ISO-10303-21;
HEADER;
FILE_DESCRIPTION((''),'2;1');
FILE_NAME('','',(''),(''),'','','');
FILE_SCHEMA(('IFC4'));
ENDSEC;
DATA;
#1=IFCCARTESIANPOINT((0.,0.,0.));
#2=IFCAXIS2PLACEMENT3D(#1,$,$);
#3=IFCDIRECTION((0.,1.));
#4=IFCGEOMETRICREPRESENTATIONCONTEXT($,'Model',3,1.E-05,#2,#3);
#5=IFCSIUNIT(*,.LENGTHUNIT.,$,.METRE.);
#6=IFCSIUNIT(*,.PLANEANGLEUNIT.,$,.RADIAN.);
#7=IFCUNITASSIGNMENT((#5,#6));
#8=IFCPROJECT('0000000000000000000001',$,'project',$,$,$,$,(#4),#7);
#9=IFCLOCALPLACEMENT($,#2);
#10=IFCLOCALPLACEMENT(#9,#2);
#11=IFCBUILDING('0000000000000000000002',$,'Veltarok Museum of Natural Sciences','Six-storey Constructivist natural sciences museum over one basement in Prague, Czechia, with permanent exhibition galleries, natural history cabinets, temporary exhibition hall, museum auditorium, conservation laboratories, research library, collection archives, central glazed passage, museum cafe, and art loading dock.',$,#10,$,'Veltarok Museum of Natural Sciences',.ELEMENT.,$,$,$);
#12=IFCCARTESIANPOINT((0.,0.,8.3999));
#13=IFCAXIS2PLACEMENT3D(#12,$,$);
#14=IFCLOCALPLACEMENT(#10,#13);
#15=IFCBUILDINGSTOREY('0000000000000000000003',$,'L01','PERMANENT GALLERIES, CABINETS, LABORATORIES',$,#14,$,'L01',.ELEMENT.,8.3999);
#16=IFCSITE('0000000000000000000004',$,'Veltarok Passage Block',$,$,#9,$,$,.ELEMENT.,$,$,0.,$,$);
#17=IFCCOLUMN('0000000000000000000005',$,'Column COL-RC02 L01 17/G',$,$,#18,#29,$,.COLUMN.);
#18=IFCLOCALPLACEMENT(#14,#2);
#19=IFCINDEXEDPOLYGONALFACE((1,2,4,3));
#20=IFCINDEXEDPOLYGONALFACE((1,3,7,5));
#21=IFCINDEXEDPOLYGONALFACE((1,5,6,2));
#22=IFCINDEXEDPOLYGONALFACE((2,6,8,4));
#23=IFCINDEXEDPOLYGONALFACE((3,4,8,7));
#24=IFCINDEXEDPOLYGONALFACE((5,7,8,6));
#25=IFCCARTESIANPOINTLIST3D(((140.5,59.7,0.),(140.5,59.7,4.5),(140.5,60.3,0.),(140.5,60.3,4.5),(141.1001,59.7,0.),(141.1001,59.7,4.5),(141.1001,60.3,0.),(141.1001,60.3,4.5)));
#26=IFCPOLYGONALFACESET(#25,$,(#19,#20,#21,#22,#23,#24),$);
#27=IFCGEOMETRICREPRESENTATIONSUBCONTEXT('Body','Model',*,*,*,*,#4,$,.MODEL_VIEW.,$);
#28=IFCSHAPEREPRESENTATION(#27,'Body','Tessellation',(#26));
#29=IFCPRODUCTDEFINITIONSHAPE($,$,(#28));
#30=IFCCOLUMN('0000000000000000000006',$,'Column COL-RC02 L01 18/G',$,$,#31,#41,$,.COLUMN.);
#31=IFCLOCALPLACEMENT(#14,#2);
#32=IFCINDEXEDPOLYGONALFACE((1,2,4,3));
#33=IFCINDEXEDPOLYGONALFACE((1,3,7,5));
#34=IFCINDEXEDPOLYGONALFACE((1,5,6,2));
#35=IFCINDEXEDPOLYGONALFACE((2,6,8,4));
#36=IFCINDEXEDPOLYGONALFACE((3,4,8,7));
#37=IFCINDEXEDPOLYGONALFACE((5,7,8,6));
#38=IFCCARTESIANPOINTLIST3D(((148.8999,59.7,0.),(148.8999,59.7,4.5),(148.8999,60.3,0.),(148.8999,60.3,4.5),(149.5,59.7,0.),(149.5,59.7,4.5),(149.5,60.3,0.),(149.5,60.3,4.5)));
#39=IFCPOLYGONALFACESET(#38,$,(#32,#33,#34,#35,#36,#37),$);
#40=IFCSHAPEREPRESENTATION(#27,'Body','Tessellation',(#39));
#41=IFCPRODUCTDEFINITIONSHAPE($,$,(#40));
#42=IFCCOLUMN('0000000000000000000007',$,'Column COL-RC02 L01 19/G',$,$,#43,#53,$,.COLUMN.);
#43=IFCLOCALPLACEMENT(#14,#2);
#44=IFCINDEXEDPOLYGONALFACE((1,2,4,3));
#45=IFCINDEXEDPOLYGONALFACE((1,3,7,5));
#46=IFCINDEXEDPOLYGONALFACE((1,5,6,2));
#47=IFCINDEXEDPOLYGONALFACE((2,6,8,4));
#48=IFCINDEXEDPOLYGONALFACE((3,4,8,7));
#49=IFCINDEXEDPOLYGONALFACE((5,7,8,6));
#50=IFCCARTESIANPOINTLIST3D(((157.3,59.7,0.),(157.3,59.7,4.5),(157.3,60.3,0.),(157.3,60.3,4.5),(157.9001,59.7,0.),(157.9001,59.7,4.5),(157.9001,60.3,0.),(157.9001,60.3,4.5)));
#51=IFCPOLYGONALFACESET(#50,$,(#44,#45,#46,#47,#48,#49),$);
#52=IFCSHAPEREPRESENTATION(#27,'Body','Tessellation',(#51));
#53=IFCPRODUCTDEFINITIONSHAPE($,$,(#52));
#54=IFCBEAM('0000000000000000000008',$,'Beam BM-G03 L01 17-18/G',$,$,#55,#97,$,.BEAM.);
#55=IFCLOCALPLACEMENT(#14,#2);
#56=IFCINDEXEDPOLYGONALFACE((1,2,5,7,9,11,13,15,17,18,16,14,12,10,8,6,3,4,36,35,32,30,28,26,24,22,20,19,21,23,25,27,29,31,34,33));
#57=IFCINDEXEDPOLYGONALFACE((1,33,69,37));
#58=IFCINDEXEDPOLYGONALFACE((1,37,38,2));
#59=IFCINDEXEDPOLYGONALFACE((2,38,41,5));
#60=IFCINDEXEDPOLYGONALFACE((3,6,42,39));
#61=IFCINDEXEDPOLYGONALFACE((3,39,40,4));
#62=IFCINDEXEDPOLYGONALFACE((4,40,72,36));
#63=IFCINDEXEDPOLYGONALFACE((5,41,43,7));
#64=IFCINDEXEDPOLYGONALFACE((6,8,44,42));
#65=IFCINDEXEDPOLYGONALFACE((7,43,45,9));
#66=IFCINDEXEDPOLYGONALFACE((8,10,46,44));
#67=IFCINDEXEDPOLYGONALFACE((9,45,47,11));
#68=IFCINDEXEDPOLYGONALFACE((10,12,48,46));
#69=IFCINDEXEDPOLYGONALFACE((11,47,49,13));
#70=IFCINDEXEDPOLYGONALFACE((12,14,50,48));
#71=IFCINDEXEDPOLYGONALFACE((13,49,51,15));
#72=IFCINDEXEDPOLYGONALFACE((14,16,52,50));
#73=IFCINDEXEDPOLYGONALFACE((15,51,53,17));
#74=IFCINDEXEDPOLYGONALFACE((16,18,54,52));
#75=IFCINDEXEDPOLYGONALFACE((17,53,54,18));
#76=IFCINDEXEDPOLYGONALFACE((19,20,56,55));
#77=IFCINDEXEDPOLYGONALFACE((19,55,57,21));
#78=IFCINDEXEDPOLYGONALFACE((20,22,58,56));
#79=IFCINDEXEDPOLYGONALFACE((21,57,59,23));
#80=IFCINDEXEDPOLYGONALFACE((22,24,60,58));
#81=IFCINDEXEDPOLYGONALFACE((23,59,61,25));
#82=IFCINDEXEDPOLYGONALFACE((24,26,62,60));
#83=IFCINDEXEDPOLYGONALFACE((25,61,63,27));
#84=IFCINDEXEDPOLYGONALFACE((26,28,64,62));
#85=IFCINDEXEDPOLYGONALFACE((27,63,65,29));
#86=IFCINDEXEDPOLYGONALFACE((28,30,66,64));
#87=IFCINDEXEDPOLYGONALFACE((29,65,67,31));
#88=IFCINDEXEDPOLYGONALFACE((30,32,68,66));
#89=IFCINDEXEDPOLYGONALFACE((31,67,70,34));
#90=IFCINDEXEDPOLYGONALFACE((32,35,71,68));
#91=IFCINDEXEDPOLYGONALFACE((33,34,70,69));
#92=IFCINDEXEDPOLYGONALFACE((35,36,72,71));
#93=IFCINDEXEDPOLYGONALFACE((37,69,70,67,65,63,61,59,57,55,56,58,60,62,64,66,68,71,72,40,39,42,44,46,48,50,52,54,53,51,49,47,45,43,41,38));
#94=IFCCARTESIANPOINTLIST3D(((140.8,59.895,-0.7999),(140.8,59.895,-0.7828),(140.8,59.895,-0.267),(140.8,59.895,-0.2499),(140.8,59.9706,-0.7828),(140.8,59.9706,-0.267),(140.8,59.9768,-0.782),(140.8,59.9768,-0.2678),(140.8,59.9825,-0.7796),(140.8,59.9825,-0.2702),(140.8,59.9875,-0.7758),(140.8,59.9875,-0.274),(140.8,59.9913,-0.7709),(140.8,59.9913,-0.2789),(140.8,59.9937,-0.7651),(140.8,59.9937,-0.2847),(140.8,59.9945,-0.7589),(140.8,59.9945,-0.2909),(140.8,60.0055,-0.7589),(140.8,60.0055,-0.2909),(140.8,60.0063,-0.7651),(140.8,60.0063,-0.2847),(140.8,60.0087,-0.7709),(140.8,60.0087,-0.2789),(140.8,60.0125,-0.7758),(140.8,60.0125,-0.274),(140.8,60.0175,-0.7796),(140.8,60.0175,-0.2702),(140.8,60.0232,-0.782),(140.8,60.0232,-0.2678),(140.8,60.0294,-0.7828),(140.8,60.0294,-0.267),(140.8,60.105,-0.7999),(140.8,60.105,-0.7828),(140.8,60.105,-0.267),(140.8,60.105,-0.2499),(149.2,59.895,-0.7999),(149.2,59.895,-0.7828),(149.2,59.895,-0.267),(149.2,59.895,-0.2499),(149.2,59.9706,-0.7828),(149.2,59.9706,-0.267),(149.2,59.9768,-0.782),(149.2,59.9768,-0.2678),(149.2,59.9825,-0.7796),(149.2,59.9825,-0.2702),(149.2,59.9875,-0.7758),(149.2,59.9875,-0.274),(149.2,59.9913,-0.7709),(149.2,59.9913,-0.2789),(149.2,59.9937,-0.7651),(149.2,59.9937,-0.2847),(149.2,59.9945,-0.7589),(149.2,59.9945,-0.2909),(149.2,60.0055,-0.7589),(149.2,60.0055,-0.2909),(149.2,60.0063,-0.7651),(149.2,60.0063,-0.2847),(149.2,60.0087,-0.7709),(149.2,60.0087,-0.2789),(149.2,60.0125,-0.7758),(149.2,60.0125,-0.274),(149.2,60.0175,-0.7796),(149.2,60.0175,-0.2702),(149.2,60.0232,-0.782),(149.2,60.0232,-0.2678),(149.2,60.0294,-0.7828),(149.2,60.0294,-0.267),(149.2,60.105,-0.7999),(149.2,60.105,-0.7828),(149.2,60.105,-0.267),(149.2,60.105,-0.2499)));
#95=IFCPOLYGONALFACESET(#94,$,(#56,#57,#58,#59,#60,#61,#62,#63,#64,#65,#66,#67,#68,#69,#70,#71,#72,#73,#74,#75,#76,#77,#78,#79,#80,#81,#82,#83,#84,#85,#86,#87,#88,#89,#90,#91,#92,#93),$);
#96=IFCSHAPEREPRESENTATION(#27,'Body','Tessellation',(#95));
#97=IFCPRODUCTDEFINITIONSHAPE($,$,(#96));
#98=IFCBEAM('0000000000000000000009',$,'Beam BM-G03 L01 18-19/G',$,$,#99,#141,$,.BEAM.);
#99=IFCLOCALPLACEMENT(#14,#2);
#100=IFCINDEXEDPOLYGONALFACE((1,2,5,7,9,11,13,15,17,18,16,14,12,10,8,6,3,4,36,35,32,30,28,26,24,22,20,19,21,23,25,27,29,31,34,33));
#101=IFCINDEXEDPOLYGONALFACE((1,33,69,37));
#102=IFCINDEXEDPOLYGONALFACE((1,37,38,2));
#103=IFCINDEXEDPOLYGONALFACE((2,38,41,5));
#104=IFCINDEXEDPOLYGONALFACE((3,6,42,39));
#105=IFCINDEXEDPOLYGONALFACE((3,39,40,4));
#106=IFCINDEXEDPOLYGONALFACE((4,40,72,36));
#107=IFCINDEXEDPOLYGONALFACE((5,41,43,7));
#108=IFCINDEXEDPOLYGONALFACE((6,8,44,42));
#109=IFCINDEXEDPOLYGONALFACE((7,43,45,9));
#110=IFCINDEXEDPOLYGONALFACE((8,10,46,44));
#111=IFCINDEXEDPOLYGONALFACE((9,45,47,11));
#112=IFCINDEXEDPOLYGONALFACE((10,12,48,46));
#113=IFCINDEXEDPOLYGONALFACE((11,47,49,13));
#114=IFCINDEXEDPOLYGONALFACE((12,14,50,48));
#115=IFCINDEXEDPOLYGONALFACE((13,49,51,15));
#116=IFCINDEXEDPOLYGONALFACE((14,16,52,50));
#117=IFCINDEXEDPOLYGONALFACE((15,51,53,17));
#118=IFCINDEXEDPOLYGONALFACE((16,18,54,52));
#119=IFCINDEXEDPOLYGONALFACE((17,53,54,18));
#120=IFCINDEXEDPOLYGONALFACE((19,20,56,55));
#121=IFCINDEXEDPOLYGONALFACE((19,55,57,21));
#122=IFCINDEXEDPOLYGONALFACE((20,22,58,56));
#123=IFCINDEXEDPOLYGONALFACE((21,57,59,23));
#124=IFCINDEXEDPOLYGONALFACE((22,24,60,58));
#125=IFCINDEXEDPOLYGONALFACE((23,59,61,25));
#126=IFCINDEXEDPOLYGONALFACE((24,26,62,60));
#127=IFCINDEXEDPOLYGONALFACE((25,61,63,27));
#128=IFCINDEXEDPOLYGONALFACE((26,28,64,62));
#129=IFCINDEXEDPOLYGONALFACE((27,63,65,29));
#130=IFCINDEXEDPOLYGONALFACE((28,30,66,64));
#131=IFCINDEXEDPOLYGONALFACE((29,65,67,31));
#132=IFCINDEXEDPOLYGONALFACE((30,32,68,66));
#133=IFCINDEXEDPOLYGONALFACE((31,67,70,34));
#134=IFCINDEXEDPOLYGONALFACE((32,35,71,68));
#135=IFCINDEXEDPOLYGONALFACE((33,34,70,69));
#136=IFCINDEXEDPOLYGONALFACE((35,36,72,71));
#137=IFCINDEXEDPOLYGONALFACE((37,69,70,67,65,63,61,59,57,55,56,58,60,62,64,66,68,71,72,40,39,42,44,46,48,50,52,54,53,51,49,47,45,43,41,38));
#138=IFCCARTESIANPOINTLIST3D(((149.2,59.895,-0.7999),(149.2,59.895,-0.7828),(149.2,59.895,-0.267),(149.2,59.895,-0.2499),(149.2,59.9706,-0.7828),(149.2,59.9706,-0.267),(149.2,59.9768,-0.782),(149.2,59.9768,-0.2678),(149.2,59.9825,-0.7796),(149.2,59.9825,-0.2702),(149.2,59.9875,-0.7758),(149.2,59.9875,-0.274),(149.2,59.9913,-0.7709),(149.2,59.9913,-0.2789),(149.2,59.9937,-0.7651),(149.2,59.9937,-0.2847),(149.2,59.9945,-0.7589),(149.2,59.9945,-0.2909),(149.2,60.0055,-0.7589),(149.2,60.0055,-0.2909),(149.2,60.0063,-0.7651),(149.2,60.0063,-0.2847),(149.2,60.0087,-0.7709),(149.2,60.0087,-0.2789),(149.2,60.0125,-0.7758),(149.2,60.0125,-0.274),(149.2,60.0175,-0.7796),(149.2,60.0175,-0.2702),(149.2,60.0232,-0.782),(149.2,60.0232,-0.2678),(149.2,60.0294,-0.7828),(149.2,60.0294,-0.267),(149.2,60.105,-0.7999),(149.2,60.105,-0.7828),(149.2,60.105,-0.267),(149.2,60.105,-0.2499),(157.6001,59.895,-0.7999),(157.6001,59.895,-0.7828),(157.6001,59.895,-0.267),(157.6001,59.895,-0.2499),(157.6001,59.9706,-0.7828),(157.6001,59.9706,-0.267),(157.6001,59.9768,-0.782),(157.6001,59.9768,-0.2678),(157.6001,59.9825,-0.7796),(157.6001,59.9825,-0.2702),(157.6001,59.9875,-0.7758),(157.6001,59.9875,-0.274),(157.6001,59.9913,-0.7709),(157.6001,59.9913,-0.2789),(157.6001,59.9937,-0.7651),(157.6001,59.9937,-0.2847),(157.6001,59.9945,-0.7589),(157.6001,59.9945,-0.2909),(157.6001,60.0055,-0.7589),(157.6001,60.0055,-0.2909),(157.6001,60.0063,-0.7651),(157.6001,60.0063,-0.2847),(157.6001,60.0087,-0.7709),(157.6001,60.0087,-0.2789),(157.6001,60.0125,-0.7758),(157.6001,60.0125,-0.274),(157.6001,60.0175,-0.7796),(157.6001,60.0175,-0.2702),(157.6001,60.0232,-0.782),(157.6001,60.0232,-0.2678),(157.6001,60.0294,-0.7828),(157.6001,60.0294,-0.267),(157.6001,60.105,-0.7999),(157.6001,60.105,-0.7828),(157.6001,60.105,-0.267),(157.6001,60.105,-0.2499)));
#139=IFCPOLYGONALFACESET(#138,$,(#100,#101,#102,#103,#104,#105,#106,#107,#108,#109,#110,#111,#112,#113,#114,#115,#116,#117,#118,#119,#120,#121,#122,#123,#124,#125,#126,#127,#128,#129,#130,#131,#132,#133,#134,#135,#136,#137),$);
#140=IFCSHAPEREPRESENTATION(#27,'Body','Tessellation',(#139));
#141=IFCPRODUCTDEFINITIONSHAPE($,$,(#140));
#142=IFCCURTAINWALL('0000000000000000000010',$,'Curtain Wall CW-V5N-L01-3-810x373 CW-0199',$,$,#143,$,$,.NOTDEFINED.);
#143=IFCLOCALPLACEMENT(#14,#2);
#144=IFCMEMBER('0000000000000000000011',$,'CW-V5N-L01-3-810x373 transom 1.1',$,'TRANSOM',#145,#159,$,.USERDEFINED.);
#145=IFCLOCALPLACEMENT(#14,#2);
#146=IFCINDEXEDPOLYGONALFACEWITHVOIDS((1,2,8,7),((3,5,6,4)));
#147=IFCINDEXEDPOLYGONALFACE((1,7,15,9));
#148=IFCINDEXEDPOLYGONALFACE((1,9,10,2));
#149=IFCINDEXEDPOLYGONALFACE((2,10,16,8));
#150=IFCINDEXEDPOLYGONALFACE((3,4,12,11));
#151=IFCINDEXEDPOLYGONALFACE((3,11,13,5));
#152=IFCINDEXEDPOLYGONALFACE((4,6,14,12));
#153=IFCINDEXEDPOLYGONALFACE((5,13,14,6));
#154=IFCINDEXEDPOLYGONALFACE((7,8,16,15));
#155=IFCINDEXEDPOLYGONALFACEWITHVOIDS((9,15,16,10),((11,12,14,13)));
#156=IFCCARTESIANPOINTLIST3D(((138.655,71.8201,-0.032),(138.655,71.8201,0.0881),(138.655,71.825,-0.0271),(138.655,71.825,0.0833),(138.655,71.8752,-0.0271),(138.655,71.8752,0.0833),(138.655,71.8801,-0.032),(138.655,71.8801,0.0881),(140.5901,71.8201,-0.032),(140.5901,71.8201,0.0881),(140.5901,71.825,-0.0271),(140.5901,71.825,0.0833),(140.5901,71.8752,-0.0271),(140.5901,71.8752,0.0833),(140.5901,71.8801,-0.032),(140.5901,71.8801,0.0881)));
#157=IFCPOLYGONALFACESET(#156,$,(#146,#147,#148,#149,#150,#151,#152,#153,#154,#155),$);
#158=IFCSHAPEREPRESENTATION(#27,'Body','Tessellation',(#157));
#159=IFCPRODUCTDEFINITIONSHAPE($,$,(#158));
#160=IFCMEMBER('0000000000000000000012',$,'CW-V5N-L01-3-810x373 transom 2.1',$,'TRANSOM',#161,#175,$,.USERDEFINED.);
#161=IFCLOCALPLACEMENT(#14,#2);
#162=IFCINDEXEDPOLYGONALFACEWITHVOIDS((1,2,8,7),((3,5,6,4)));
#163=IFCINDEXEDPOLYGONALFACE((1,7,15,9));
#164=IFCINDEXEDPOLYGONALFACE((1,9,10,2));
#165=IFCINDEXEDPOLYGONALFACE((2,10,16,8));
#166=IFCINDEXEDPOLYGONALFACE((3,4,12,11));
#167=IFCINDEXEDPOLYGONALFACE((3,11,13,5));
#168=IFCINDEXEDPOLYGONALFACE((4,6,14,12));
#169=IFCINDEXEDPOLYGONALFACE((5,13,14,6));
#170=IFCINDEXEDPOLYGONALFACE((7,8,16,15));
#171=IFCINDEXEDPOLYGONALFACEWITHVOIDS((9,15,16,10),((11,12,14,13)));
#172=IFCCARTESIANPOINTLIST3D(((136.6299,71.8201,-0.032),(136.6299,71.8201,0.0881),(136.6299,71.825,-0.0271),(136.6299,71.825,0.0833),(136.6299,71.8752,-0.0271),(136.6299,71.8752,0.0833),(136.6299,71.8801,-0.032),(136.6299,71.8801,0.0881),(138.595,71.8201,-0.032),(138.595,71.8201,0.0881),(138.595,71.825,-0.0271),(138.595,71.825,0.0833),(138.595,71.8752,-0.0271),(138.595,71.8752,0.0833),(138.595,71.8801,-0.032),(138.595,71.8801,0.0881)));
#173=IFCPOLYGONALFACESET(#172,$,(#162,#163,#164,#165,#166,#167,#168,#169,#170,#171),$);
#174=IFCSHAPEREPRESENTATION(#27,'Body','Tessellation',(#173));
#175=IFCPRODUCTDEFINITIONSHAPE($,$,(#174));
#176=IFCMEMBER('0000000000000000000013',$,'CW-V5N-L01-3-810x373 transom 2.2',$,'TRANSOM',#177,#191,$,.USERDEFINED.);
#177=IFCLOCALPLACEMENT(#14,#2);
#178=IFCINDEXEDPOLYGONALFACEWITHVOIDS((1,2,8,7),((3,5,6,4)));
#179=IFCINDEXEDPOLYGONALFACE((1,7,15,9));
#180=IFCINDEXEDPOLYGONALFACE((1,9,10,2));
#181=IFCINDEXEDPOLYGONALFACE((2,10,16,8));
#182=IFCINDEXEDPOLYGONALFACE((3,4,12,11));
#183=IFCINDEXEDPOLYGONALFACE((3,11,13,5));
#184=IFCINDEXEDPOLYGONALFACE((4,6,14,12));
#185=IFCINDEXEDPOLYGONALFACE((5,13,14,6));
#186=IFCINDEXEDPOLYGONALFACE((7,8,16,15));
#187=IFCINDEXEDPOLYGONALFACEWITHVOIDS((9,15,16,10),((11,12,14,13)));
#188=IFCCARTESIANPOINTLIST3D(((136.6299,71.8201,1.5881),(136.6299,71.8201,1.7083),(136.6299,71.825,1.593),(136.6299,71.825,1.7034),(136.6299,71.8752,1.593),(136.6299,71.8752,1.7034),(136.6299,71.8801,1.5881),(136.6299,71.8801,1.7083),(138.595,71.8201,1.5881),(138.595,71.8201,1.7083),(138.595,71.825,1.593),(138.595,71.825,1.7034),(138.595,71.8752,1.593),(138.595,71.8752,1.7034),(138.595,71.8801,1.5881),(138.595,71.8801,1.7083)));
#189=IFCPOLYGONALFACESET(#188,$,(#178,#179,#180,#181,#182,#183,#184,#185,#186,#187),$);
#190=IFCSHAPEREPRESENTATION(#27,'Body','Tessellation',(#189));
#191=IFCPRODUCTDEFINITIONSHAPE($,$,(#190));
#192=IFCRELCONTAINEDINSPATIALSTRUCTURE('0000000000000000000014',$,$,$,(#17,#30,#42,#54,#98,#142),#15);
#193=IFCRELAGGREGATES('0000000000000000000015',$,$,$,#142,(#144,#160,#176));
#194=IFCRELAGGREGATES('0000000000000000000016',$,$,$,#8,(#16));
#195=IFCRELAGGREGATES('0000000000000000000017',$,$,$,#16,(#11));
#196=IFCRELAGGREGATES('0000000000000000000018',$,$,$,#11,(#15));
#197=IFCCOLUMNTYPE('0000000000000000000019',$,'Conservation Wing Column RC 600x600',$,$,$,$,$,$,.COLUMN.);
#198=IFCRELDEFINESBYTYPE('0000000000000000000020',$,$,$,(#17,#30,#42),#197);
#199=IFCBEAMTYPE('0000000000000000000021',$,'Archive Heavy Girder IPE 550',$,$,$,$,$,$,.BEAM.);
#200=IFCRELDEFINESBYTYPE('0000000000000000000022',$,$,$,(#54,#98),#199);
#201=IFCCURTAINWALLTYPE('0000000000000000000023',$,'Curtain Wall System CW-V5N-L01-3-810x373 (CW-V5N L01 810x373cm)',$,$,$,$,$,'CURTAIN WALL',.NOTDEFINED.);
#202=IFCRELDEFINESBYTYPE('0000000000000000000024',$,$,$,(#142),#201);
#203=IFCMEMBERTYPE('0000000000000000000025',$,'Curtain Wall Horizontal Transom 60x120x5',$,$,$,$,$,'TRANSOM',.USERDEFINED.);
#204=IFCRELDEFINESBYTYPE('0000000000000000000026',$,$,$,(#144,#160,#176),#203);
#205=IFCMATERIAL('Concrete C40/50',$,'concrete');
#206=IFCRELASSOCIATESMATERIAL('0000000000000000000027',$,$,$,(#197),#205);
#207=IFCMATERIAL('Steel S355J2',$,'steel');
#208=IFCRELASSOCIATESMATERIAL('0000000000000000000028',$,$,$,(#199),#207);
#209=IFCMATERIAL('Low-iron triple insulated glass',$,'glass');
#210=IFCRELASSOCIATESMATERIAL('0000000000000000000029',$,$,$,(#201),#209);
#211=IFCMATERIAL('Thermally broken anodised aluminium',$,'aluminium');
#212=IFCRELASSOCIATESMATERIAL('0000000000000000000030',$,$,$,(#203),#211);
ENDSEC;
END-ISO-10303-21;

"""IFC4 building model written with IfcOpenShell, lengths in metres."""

from ifc_helpers import new_model, si_unit, direction, frame, origin, origin_2d, place, context, subcontext, project, spatial, rectangle, hollow_rectangle, i_section, extrude, material, material_profile, profile_set, type_object, element, aggregate, save


model = new_model("IFC4")

# Units and contexts
model_context = context("Model", 3, precision=1e-05, world=origin(), true_north=direction((0.0, 1.0)))
body_context = subcontext(model_context, "Body", "Model", "MODEL_VIEW")
ifc_project = project(units=[si_unit("LENGTHUNIT", "METRE"), si_unit("PLANEANGLEUNIT", "RADIAN")], contexts=[model_context])

# Site, building, storey
site_placement = place(None, origin())
site = spatial("IfcSite", under=ifc_project, at=site_placement, Name="Veltarok Passage Block", CompositionType="ELEMENT", RefElevation=0.0)
building_placement = place(site_placement, origin())
building = spatial("IfcBuilding", under=site, at=building_placement, Name="Veltarok Museum of Natural Sciences", Description="Six-storey Constructivist natural sciences museum over one basement in Prague, Czechia, with permanent exhibition galleries, natural history cabinets, temporary exhibition hall, museum auditorium, conservation laboratories, research library, collection archives, central glazed passage, museum cafe, and art loading dock.", LongName="Veltarok Museum of Natural Sciences", CompositionType="ELEMENT")
storey_placement = place(building_placement, frame((0.0, 0.0, 8.3999)))
storey = spatial("IfcBuildingStorey", under=building, at=storey_placement, Name="L01", Description="PERMANENT GALLERIES, CABINETS, LABORATORIES", LongName="L01", CompositionType="ELEMENT", Elevation=8.3999)

# Columns
ifc_material_1 = material(Name="Concrete C40/50", Category="concrete")
ifc_material_profile_1 = material_profile(ifc_material_1, rectangle(XDim=0.6001, YDim=0.6001, at=origin_2d()), Name="RC 600x600")
ifc_profile_set_1 = profile_set([ifc_material_profile_1], Name="Concrete C40/50")
column_type = type_object("IfcColumnType", Name="Conservation Wing Column RC 600x600", PredefinedType="COLUMN", material=ifc_profile_set_1)
for number, where, z_axis, x_axis, name in (
    (1, (140.8, 60.0, 0.0), (0.0, 0.0, 1.0), (1.0, 0.0, 0.0), "Column COL-RC02 L01 17/G"),
    (2, (149.2, 60.0, 0.0), (0.0, 0.0, 1.0), (1.0, 0.0, 0.0), "Column COL-RC02 L01 18/G"),
    (3, (157.6001, 60.0, 0.0), (0.0, 0.0, 1.0), (1.0, 0.0, 0.0), "Column COL-RC02 L01 19/G"),
):
    element("IfcColumn", number, at=place(storey_placement, frame(where, z_axis=z_axis, x_axis=x_axis)), inside=storey, type_object=column_type, Name=name, PredefinedType="COLUMN", context=body_context, shape_type="SweptSolid", body=[
        extrude(rectangle(XDim=0.6001, YDim=0.6001, at=origin_2d()), origin(), (0.0, 0.0, 1.0), 4.5),
    ])

# Beams
ifc_material_2 = material(Name="Steel S355J2", Category="steel")
ifc_material_profile_2 = material_profile(ifc_material_2, i_section(OverallWidth=0.21, OverallDepth=0.55, WebThickness=0.011, FlangeThickness=0.0171, FilletRadius=0.0239, at=origin_2d()), Name="IPE 550")
ifc_profile_set_2 = profile_set([ifc_material_profile_2], Name="Steel S355J2")
beam_type_1 = type_object("IfcBeamType", Name="Archive Heavy Girder IPE 550", PredefinedType="BEAM", material=ifc_profile_set_2)
beam_1_placement = place(storey_placement, frame((140.8, 60.0, -0.5249), z_axis=(1.0, 0.0, 0.0), x_axis=(0.0, 1.0, 0.0)))
element("IfcBeam", 4, at=beam_1_placement, inside=storey, type_object=beam_type_1, Name="Beam BM-G03 L01 17-18/G", PredefinedType="BEAM", context=body_context, shape_type="SweptSolid", body=[
    extrude(i_section(OverallWidth=0.21, OverallDepth=0.55, WebThickness=0.011, FlangeThickness=0.0171, FilletRadius=0.0239, at=origin_2d()), origin(), (0.0, 0.0, 1.0), 8.3999),
])
beam_2_placement = place(storey_placement, frame((149.2, 60.0, -0.5249), z_axis=(1.0, 0.0, 0.0), x_axis=(0.0, 1.0, 0.0)))
element("IfcBeam", 5, at=beam_2_placement, inside=storey, type_object=beam_type_1, Name="Beam BM-G03 L01 18-19/G", PredefinedType="BEAM", context=body_context, shape_type="SweptSolid", body=[
    extrude(i_section(OverallWidth=0.21, OverallDepth=0.55, WebThickness=0.011, FlangeThickness=0.0171, FilletRadius=0.0239, at=origin_2d()), origin(), (0.0, 0.0, 1.0), 8.4001),
])

# Curtain wall, members
ifc_material_3 = material(Name="Low-iron triple insulated glass", Category="glass")
curtain_wall_type = type_object("IfcCurtainWallType", Name="Curtain Wall System CW-V5N-L01-3-810x373 (CW-V5N L01 810x373cm)", ElementType="CURTAIN WALL", PredefinedType="NOTDEFINED", material=ifc_material_3)
curtain_wall_placement = place(storey_placement, origin())
curtain_wall = element("IfcCurtainWall", 6, at=curtain_wall_placement, inside=storey, type_object=curtain_wall_type, Name="Curtain Wall CW-V5N-L01-3-810x373 CW-0199", PredefinedType="NOTDEFINED")
ifc_material_4 = material(Name="Thermally broken anodised aluminium", Category="aluminium")
ifc_material_profile_3 = material_profile(ifc_material_4, hollow_rectangle(XDim=0.0601, YDim=0.1201, WallThickness=0.0049, at=origin_2d()), Name="CW TRANSOM 60x120x5")
ifc_profile_set_3 = profile_set([ifc_material_profile_3], Name="Thermally broken anodised aluminium")
member_type_1 = type_object("IfcMemberType", Name="Curtain Wall Horizontal Transom 60x120x5", ElementType="TRANSOM", PredefinedType="USERDEFINED", material=ifc_profile_set_3)
member_1_placement = place(storey_placement, frame((140.5901, 71.8501, 0.0281), z_axis=(-1.0, 0.0, 0.0), x_axis=(0.0, -1.0, 0.0)))
member_1 = element("IfcMember", 7, at=member_1_placement, type_object=member_type_1, Name="CW-V5N-L01-3-810x373 transom 1.1", ObjectType="TRANSOM", PredefinedType="USERDEFINED", context=body_context, shape_type="SweptSolid", body=[
    extrude(hollow_rectangle(XDim=0.0601, YDim=0.1201, WallThickness=0.0049, at=origin_2d()), origin(), (0.0, 0.0, 1.0), 1.9351),
])
member_2_placement = place(storey_placement, frame((138.595, 71.8501, 0.0281), z_axis=(-1.0, 0.0, 0.0), x_axis=(0.0, -1.0, 0.0)))
member_2 = element("IfcMember", 8, at=member_2_placement, type_object=member_type_1, Name="CW-V5N-L01-3-810x373 transom 2.1", ObjectType="TRANSOM", PredefinedType="USERDEFINED", context=body_context, shape_type="SweptSolid", body=[
    extrude(hollow_rectangle(XDim=0.0601, YDim=0.1201, WallThickness=0.0049, at=origin_2d()), origin(), (0.0, 0.0, 1.0), 1.9651),
])
member_3_placement = place(storey_placement, frame((138.595, 71.8501, 1.6482), z_axis=(-1.0, 0.0, 0.0), x_axis=(0.0, -1.0, 0.0)))
member_3 = element("IfcMember", 9, at=member_3_placement, type_object=member_type_1, Name="CW-V5N-L01-3-810x373 transom 2.2", ObjectType="TRANSOM", PredefinedType="USERDEFINED", context=body_context, shape_type="SweptSolid", body=[
    extrude(hollow_rectangle(XDim=0.0601, YDim=0.1201, WallThickness=0.0049, at=origin_2d()), origin(), (0.0, 0.0, 1.0), 1.9651),
])

aggregate(curtain_wall, [member_1, member_2, member_3])

save(model, "model.ifc")
